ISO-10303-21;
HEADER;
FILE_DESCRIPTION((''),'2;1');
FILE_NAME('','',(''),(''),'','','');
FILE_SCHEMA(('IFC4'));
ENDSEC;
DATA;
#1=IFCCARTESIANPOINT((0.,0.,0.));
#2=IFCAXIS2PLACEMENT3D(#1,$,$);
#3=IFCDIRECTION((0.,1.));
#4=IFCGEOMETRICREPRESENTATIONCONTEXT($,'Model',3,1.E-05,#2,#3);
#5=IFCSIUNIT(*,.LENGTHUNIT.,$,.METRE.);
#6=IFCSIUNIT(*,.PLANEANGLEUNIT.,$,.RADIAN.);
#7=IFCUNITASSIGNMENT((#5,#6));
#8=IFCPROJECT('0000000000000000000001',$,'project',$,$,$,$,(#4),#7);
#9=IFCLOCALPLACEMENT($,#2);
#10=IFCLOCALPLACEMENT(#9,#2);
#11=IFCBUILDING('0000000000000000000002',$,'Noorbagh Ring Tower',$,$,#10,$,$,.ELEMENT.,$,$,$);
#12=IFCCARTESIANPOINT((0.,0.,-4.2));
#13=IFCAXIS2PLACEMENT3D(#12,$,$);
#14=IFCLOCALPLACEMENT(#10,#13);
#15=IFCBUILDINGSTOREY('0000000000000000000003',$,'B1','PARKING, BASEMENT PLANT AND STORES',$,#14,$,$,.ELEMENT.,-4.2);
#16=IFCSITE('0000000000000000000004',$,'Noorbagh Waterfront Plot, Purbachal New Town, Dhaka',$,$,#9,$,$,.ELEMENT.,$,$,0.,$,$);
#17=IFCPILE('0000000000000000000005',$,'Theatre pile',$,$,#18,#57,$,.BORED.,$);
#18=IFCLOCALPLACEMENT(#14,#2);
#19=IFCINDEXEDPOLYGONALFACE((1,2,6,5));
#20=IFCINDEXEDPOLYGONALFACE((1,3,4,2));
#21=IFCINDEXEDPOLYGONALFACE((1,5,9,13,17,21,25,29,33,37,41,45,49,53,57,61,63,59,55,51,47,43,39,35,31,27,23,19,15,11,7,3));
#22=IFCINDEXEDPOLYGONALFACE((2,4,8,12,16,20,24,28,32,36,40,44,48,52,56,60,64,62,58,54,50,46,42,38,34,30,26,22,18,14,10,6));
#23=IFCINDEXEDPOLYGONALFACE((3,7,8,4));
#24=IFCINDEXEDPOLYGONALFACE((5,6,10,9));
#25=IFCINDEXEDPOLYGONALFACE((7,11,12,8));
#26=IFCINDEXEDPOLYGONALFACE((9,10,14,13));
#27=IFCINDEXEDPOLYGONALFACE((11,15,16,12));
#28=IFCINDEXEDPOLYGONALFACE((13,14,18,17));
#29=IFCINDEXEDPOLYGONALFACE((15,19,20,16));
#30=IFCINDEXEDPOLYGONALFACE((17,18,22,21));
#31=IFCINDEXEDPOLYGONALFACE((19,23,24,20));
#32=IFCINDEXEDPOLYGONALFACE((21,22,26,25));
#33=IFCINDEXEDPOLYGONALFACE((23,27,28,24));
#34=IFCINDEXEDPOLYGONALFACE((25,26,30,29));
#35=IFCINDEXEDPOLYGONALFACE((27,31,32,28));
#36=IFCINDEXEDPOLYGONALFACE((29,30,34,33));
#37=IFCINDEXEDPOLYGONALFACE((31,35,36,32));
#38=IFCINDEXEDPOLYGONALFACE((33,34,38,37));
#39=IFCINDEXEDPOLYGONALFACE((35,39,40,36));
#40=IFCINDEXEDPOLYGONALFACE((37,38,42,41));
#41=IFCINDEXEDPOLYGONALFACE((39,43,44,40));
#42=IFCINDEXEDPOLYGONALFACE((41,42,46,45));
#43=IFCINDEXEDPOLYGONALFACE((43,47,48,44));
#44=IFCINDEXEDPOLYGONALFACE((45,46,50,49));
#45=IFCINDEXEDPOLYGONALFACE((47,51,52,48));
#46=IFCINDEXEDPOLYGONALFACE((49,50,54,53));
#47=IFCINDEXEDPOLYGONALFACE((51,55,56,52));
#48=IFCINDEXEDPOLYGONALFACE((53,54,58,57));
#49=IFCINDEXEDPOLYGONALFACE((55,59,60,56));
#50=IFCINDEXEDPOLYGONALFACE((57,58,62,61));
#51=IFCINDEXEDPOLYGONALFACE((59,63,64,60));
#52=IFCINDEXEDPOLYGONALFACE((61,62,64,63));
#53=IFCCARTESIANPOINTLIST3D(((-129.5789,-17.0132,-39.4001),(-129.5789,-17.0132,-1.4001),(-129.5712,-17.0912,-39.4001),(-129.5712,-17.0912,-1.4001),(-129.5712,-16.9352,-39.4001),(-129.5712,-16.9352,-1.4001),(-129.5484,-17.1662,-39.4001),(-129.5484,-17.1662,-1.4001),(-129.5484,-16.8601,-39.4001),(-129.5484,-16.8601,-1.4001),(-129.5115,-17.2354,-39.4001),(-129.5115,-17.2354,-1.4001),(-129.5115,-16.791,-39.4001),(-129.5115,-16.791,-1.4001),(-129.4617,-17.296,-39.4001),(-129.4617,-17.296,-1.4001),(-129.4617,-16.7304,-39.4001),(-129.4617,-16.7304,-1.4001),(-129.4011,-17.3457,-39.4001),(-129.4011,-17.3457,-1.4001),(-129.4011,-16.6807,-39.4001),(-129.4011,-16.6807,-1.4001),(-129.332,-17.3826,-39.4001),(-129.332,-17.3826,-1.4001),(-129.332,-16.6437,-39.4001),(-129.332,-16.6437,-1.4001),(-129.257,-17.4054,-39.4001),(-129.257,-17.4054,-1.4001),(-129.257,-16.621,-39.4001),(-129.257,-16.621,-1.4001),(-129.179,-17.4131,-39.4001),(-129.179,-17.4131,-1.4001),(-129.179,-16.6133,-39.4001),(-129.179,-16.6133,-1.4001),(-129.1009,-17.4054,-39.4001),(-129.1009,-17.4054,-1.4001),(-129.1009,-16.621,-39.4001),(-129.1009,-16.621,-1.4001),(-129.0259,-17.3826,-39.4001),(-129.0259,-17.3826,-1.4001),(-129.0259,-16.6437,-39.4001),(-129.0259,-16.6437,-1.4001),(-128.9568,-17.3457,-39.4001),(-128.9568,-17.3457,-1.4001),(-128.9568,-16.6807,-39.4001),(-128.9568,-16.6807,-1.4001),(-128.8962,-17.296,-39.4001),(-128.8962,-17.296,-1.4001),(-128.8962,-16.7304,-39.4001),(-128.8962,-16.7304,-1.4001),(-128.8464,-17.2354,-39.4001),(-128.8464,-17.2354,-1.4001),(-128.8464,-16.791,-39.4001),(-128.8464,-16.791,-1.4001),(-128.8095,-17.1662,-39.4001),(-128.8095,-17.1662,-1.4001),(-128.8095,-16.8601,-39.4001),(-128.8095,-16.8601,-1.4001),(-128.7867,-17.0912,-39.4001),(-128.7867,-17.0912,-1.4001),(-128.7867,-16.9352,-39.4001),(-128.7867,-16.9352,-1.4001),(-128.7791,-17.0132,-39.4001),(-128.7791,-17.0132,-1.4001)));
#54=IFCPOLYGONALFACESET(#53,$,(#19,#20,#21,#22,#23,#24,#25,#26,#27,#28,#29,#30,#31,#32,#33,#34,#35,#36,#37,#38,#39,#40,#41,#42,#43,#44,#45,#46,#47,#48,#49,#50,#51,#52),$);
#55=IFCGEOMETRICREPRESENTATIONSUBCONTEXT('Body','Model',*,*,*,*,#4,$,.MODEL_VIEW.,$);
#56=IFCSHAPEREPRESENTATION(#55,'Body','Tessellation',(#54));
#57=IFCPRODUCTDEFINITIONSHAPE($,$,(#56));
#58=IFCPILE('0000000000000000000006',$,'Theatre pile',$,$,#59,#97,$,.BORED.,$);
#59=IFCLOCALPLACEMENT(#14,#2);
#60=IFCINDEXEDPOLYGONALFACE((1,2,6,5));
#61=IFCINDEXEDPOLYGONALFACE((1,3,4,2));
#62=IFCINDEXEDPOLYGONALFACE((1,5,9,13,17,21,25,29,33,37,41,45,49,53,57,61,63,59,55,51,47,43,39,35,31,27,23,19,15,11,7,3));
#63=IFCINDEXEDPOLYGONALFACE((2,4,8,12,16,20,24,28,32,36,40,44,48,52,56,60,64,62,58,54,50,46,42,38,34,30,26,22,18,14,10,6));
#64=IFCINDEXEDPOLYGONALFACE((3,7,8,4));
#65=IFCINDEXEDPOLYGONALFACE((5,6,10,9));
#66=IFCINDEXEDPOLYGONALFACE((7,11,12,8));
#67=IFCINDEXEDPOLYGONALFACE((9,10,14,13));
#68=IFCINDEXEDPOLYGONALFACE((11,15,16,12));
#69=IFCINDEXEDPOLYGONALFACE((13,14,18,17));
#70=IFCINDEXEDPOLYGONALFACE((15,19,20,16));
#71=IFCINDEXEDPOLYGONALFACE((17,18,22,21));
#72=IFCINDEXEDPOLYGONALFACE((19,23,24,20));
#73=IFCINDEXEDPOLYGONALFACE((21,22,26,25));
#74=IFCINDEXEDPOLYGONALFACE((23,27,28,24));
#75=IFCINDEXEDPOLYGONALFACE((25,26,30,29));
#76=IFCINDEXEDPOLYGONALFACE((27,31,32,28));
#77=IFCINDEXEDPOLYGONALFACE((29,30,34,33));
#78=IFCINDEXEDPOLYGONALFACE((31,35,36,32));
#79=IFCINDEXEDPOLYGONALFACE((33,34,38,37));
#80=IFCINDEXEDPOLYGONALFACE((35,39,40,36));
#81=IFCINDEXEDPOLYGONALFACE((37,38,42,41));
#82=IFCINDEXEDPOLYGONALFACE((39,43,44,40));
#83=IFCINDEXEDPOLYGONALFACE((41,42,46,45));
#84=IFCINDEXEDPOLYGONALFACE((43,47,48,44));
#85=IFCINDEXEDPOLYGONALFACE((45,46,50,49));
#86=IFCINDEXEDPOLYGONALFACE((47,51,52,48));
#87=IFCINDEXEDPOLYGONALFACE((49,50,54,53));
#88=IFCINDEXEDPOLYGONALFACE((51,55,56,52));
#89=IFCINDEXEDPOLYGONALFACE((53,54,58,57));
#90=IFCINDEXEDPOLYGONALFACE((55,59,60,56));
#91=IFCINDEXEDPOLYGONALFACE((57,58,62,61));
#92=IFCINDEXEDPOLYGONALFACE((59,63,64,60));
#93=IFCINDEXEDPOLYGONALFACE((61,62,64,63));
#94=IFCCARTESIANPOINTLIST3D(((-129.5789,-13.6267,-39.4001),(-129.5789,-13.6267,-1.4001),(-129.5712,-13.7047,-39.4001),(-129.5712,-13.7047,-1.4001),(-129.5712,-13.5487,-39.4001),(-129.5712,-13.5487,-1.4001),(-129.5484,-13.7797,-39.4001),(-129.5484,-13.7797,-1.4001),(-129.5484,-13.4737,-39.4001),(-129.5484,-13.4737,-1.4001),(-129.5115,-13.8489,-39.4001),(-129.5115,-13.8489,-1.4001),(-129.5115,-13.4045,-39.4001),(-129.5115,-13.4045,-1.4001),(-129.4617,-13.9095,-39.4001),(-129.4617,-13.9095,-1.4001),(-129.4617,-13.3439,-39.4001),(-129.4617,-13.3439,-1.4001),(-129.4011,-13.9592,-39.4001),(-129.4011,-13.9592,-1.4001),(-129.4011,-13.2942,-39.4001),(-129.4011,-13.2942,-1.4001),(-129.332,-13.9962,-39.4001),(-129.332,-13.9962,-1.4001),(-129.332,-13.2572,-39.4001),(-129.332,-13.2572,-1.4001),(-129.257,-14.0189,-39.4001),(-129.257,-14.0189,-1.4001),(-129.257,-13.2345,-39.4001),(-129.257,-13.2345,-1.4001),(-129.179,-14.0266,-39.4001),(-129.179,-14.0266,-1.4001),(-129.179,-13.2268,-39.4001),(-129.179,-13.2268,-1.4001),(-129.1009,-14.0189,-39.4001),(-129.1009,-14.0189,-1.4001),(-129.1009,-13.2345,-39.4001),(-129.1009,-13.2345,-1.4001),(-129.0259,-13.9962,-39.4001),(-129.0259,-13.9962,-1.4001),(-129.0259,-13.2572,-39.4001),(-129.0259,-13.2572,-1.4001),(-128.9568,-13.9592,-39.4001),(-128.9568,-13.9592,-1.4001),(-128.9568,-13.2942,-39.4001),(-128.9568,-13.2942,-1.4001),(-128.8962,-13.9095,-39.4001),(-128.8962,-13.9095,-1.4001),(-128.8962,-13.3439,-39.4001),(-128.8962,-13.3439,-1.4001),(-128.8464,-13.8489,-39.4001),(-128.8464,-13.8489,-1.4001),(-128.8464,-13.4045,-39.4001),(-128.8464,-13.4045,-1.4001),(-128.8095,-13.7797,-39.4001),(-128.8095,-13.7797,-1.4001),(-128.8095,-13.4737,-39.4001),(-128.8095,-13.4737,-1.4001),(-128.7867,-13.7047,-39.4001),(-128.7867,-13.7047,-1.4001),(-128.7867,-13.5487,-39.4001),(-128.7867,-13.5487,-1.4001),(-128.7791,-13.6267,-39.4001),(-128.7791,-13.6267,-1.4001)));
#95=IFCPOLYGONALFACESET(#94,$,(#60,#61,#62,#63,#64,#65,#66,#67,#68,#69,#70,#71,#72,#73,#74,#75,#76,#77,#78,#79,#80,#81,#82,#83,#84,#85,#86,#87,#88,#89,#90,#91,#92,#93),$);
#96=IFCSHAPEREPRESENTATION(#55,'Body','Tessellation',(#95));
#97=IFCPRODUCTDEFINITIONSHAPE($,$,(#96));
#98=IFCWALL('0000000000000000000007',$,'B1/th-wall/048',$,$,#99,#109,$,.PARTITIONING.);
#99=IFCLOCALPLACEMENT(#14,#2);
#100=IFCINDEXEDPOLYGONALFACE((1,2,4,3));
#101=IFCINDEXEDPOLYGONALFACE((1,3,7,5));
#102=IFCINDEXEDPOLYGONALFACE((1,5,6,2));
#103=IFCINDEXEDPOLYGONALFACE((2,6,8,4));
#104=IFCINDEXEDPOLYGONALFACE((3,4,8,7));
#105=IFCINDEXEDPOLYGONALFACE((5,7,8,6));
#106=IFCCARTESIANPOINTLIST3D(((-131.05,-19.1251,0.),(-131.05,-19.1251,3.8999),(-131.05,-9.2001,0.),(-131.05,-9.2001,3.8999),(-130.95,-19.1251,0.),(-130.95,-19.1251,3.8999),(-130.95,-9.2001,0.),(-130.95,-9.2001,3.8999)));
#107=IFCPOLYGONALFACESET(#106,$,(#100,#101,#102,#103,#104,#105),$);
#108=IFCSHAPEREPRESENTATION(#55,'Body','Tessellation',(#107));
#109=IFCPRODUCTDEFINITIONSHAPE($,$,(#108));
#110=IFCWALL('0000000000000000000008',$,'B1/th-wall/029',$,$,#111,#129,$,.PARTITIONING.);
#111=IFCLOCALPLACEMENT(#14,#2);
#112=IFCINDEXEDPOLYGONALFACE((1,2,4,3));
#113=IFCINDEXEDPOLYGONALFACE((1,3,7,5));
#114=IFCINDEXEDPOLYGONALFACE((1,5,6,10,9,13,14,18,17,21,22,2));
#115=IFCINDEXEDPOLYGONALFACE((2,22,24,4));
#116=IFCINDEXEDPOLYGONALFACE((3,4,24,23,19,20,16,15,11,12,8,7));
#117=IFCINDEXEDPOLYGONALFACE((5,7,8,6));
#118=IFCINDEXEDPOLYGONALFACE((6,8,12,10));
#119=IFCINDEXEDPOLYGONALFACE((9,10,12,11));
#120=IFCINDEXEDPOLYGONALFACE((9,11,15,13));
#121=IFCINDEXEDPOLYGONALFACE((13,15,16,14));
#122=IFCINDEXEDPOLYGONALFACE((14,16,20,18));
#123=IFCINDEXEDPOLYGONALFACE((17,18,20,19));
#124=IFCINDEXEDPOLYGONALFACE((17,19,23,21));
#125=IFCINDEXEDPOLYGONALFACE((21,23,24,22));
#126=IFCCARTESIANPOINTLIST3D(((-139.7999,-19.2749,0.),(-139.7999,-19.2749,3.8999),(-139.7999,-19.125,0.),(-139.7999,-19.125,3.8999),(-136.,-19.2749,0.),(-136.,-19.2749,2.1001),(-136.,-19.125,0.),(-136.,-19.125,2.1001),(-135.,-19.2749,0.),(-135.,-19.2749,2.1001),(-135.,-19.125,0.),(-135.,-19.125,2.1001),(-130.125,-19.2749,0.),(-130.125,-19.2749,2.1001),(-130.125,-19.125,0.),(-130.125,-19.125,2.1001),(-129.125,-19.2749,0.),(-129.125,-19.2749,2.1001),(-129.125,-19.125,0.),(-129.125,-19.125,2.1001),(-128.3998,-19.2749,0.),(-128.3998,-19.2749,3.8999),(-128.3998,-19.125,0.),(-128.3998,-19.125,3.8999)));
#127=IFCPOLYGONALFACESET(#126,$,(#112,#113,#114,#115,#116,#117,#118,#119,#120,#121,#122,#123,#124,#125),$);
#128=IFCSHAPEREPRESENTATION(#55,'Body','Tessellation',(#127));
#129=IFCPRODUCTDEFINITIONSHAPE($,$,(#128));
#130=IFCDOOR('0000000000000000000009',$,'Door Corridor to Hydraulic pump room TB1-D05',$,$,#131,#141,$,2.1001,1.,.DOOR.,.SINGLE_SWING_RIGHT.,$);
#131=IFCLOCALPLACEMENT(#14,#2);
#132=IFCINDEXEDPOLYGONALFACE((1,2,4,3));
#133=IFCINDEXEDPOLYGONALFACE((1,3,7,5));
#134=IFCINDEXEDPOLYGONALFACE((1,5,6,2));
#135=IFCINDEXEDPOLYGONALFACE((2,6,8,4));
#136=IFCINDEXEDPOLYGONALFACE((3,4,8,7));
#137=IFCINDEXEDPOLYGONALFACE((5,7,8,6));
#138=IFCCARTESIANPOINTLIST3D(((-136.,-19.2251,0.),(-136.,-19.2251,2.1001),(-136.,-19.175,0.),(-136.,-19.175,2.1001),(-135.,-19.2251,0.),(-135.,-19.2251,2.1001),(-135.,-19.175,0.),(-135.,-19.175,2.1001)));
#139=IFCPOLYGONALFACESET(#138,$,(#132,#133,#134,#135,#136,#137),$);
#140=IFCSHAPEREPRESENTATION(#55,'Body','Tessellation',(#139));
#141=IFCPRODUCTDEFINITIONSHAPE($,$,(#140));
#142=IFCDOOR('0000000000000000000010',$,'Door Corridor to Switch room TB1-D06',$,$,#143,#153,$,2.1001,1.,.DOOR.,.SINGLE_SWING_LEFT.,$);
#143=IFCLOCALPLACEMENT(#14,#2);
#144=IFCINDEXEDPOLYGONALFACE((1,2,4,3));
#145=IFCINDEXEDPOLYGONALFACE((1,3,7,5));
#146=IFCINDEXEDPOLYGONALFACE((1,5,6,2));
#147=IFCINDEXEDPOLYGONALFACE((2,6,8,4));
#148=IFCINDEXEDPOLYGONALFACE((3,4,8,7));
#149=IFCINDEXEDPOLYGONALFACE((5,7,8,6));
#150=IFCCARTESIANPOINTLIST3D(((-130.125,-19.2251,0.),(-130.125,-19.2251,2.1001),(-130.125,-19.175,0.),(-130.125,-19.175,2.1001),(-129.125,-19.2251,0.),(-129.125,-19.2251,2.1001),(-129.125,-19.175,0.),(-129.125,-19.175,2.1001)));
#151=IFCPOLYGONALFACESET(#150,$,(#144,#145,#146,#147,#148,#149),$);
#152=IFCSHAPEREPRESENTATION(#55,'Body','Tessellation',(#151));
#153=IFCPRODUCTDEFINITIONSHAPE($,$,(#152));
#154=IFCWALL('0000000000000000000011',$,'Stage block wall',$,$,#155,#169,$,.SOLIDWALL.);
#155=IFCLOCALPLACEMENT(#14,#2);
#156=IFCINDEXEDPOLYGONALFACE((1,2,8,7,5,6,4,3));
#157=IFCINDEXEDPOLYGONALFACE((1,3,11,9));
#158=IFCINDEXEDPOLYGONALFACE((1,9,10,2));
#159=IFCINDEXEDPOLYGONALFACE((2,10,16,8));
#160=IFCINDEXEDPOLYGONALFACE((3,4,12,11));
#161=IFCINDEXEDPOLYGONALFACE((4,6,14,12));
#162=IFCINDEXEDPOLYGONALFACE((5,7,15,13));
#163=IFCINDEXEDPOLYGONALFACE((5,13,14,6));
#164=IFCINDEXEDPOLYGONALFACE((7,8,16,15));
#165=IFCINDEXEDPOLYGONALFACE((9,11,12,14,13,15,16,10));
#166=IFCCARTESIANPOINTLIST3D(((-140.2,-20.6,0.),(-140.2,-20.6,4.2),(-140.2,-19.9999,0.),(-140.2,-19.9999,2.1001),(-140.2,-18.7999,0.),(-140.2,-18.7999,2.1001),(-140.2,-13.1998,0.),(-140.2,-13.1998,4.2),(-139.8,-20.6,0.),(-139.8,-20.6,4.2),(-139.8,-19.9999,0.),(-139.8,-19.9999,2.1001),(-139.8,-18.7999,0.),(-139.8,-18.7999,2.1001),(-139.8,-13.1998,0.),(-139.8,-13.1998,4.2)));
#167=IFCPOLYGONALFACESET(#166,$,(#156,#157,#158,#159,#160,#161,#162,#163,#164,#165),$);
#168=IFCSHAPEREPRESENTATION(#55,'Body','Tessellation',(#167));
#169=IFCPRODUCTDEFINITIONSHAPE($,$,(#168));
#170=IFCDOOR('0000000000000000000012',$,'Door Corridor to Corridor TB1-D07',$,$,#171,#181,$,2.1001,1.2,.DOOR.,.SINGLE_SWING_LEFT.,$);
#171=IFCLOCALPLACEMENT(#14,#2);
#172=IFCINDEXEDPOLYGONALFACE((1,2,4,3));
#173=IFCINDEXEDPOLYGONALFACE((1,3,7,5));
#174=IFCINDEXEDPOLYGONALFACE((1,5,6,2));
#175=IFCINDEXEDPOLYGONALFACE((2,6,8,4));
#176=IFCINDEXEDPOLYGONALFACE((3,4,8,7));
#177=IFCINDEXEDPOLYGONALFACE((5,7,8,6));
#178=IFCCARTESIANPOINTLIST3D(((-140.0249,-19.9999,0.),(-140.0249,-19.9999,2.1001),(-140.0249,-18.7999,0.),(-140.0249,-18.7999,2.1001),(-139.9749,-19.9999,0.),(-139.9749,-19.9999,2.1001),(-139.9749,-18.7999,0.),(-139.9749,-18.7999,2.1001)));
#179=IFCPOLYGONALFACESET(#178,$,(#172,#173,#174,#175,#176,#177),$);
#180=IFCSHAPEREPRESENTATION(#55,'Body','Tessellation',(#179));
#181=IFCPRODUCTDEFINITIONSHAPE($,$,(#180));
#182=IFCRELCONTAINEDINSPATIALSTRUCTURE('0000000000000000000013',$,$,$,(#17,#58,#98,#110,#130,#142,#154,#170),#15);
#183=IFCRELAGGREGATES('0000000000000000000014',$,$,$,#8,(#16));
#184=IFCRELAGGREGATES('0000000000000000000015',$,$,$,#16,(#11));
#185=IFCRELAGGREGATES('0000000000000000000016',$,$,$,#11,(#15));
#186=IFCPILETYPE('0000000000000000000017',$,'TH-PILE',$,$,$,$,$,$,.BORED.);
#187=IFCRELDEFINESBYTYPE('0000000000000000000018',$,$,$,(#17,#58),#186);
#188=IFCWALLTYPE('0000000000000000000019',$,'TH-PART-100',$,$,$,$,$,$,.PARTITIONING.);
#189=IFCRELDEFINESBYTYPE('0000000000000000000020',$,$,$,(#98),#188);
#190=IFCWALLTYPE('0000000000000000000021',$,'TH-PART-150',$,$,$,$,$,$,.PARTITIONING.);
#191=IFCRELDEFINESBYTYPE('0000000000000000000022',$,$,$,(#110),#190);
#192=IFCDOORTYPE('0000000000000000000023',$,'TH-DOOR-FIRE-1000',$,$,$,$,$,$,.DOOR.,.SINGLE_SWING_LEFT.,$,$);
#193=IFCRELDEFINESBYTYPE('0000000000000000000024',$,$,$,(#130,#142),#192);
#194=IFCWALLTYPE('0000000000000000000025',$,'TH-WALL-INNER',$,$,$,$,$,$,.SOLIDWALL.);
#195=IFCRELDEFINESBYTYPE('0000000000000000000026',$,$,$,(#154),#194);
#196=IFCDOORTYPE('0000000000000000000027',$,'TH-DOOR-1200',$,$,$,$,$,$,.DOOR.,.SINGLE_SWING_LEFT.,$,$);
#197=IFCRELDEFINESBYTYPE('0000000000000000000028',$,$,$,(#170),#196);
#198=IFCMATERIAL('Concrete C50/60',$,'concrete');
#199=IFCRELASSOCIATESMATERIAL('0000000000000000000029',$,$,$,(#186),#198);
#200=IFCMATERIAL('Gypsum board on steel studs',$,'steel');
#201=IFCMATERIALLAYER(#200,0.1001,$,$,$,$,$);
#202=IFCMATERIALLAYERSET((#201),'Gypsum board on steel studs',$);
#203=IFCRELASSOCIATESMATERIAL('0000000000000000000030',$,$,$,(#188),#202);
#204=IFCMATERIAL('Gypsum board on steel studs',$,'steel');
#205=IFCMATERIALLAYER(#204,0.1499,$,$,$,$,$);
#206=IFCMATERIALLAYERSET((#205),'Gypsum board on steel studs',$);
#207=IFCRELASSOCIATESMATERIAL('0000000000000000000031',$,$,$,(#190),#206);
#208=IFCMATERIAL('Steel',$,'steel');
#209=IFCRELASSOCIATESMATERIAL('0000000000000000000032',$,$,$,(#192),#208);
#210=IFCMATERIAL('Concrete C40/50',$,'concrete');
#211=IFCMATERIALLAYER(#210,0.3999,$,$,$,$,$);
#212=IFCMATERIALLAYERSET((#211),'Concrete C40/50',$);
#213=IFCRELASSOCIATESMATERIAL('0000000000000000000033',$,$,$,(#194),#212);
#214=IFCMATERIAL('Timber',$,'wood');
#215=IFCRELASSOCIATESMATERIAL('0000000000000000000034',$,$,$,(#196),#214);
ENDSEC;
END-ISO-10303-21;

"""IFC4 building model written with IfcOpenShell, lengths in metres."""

from ifc_helpers import new_model, si_unit, direction, frame, frame_2d, origin, origin_2d, place, context, subcontext, project, spatial, rectangle, circle, extrude, material, layer, layer_set, material_profile, profile_set, type_object, element, fill, save


model = new_model("IFC4")

# Units and contexts
model_context = context("Model", 3, precision=1e-05, world=origin(), true_north=direction((0.0, 1.0)))
body_context = subcontext(model_context, "Body", "Model", "MODEL_VIEW")
ifc_project = project(units=[si_unit("LENGTHUNIT", "METRE"), si_unit("PLANEANGLEUNIT", "RADIAN")], contexts=[model_context])

# Site, building, storey
site_placement = place(None, origin())
site = spatial("IfcSite", under=ifc_project, at=site_placement, Name="Noorbagh Waterfront Plot, Purbachal New Town, Dhaka", CompositionType="ELEMENT", RefElevation=0.0)
building_placement = place(site_placement, origin())
building = spatial("IfcBuilding", under=site, at=building_placement, Name="Noorbagh Ring Tower", CompositionType="ELEMENT")
storey_placement = place(building_placement, frame((0.0, 0.0, -4.2)))
storey = spatial("IfcBuildingStorey", under=building, at=storey_placement, Name="B1", Description="PARKING, BASEMENT PLANT AND STORES", CompositionType="ELEMENT", Elevation=-4.2)

# Piles
ifc_material_1 = material(Name="Concrete C50/60", Category="concrete")
ifc_material_profile = material_profile(ifc_material_1, circle(Radius=0.3999, at=origin_2d()), Name="PILE800")
ifc_profile_set = profile_set([ifc_material_profile], Name="Concrete C50/60")
pile_type = type_object("IfcPileType", Name="TH-PILE", PredefinedType="BORED", material=ifc_profile_set)
for number, where, z_axis, x_axis, name in (
    (1, (-129.179, -17.0132, -1.4001), (0.0, 0.0, -1.0), (1.0, 0.0, 0.0), "Theatre pile"),
    (2, (-129.179, -13.6267, -1.4001), (0.0, 0.0, -1.0), (1.0, 0.0, 0.0), "Theatre pile"),
):
    element("IfcPile", number, at=place(storey_placement, frame(where, z_axis=z_axis, x_axis=x_axis)), inside=storey, type_object=pile_type, Name=name, PredefinedType="BORED", context=body_context, shape_type="SweptSolid", body=[
        extrude(circle(Radius=0.3999, at=origin_2d()), origin(), (0.0, 0.0, 1.0), 38.0),
    ])

# Wall
ifc_material_2 = material(Name="Gypsum board on steel studs", Category="steel")
ifc_layer_1 = layer(ifc_material_2, 0.1001)
ifc_layer_set_1 = layer_set([ifc_layer_1], Name="Gypsum board on steel studs")
wall_type_1 = type_object("IfcWallType", Name="TH-PART-100", PredefinedType="PARTITIONING", material=ifc_layer_set_1)
wall_1_placement = place(storey_placement, frame((-131.0, -19.125, 0.0), z_axis=(0.0, 0.0, 1.0), x_axis=(0.0, 1.0, 0.0)))
element("IfcWall", 3, at=wall_1_placement, inside=storey, type_object=wall_type_1, Name="B1/th-wall/048", PredefinedType="PARTITIONING", context=body_context, shape_type="SweptSolid", body=[
    extrude(rectangle(XDim=9.925, YDim=0.1001, at=frame_2d((4.9624, 0.0))), origin(), (0.0, 0.0, 1.0), 3.8999),
])

# Wall, openings, doors
ifc_material_3 = material(Name="Gypsum board on steel studs", Category="steel")
ifc_layer_2 = layer(ifc_material_3, 0.1499)
ifc_layer_set_2 = layer_set([ifc_layer_2], Name="Gypsum board on steel studs")
wall_type_2 = type_object("IfcWallType", Name="TH-PART-150", PredefinedType="PARTITIONING", material=ifc_layer_set_2)
wall_2_placement = place(storey_placement, frame((-139.8, -19.2, 0.0), z_axis=(0.0, 0.0, 1.0), x_axis=(1.0, 0.0, 0.0)))
wall_2 = element("IfcWall", 4, at=wall_2_placement, inside=storey, type_object=wall_type_2, Name="B1/th-wall/029", PredefinedType="PARTITIONING", context=body_context, shape_type="SweptSolid", body=[
    extrude(rectangle(XDim=11.4001, YDim=0.1499, at=frame_2d((5.7002, 0.0))), origin(), (0.0, 0.0, 1.0), 3.8999),
])
opening_1_placement = place(wall_2_placement, frame((3.8, 0.0, 0.0)))
opening_1 = element("IfcOpeningElement", 5, at=opening_1_placement, cuts=wall_2, PredefinedType="OPENING", context=body_context, shape_type="SweptSolid", body=[
    extrude(rectangle(XDim=1.0, YDim=2.1001, at=frame_2d((0.5, 1.05))), frame((0.0, 0.085, 0.0), z_axis=(0.0, -1.0, 0.0), x_axis=(1.0, 0.0, 0.0)), (0.0, 0.0, 1.0), 0.1699),
])
opening_2_placement = place(wall_2_placement, frame((9.675, 0.0, 0.0)))
opening_2 = element("IfcOpeningElement", 6, at=opening_2_placement, cuts=wall_2, PredefinedType="OPENING", context=body_context, shape_type="SweptSolid", body=[
    extrude(rectangle(XDim=1.0, YDim=2.1001, at=frame_2d((0.5, 1.05))), frame((0.0, 0.085, 0.0), z_axis=(0.0, -1.0, 0.0), x_axis=(1.0, 0.0, 0.0)), (0.0, 0.0, 1.0), 0.1699),
])
ifc_material_4 = material(Name="Steel", Category="steel")
door_type_1 = type_object("IfcDoorType", Name="TH-DOOR-FIRE-1000", OperationType="SINGLE_SWING_LEFT", PredefinedType="DOOR", material=ifc_material_4)
door_1_placement = place(opening_1_placement, origin())
door_1 = element("IfcDoor", 7, at=door_1_placement, inside=storey, type_object=door_type_1, Name="Door Corridor to Hydraulic pump room TB1-D05", OperationType="SINGLE_SWING_RIGHT", OverallHeight=2.1001, OverallWidth=1.0, PredefinedType="DOOR", context=body_context, shape_type="SweptSolid", body=[
    extrude(rectangle(XDim=1.0, YDim=2.1001, at=frame_2d((0.5, 1.05))), frame((0.0, 0.0249, 0.0), z_axis=(0.0, -1.0, 0.0), x_axis=(1.0, 0.0, 0.0)), (0.0, 0.0, 1.0), 0.05),
])
fill(opening_1, door_1)
door_2_placement = place(opening_2_placement, origin())
door_2 = element("IfcDoor", 8, at=door_2_placement, inside=storey, type_object=door_type_1, Name="Door Corridor to Switch room TB1-D06", OperationType="SINGLE_SWING_LEFT", OverallHeight=2.1001, OverallWidth=1.0, PredefinedType="DOOR", context=body_context, shape_type="SweptSolid", body=[
    extrude(rectangle(XDim=1.0, YDim=2.1001, at=frame_2d((0.5, 1.05))), frame((0.0, 0.0249, 0.0), z_axis=(0.0, -1.0, 0.0), x_axis=(1.0, 0.0, 0.0)), (0.0, 0.0, 1.0), 0.05),
])
fill(opening_2, door_2)

# Wall, opening, door
ifc_material_5 = material(Name="Concrete C40/50", Category="concrete")
ifc_layer_3 = layer(ifc_material_5, 0.3999)
ifc_layer_set_3 = layer_set([ifc_layer_3], Name="Concrete C40/50")
wall_type_3 = type_object("IfcWallType", Name="TH-WALL-INNER", PredefinedType="SOLIDWALL", material=ifc_layer_set_3)
wall_3_placement = place(storey_placement, frame((-140.0, -20.6001, 0.0), z_axis=(0.0, 0.0, 1.0), x_axis=(0.0, 1.0, 0.0)))
wall_3 = element("IfcWall", 9, at=wall_3_placement, inside=storey, type_object=wall_type_3, Name="Stage block wall", PredefinedType="SOLIDWALL", context=body_context, shape_type="SweptSolid", body=[
    extrude(rectangle(XDim=7.4001, YDim=0.3999, at=frame_2d((3.7002, 0.0))), origin(), (0.0, 0.0, 1.0), 4.2),
])
opening_3_placement = place(wall_3_placement, frame((0.6001, 0.0, 0.0)))
opening_3 = element("IfcOpeningElement", 10, at=opening_3_placement, cuts=wall_3, PredefinedType="OPENING", context=body_context, shape_type="SweptSolid", body=[
    extrude(rectangle(XDim=1.2, YDim=2.1001, at=frame_2d((0.6001, 1.05))), frame((0.0, 0.21, 0.0), z_axis=(0.0, -1.0, 0.0), x_axis=(1.0, 0.0, 0.0)), (0.0, 0.0, 1.0), 0.4199),
])
ifc_material_6 = material(Name="Timber", Category="wood")
door_type_2 = type_object("IfcDoorType", Name="TH-DOOR-1200", OperationType="SINGLE_SWING_LEFT", PredefinedType="DOOR", material=ifc_material_6)
door_3_placement = place(opening_3_placement, origin())
door_3 = element("IfcDoor", 11, at=door_3_placement, inside=storey, type_object=door_type_2, Name="Door Corridor to Corridor TB1-D07", OperationType="SINGLE_SWING_LEFT", OverallHeight=2.1001, OverallWidth=1.2, PredefinedType="DOOR", context=body_context, shape_type="SweptSolid", body=[
    extrude(rectangle(XDim=1.2, YDim=2.1001, at=frame_2d((0.6001, 1.05))), frame((0.0, 0.0249, 0.0), z_axis=(0.0, -1.0, 0.0), x_axis=(1.0, 0.0, 0.0)), (0.0, 0.0, 1.0), 0.05),
])
fill(opening_3, door_3)

save(model, "model.ifc")
